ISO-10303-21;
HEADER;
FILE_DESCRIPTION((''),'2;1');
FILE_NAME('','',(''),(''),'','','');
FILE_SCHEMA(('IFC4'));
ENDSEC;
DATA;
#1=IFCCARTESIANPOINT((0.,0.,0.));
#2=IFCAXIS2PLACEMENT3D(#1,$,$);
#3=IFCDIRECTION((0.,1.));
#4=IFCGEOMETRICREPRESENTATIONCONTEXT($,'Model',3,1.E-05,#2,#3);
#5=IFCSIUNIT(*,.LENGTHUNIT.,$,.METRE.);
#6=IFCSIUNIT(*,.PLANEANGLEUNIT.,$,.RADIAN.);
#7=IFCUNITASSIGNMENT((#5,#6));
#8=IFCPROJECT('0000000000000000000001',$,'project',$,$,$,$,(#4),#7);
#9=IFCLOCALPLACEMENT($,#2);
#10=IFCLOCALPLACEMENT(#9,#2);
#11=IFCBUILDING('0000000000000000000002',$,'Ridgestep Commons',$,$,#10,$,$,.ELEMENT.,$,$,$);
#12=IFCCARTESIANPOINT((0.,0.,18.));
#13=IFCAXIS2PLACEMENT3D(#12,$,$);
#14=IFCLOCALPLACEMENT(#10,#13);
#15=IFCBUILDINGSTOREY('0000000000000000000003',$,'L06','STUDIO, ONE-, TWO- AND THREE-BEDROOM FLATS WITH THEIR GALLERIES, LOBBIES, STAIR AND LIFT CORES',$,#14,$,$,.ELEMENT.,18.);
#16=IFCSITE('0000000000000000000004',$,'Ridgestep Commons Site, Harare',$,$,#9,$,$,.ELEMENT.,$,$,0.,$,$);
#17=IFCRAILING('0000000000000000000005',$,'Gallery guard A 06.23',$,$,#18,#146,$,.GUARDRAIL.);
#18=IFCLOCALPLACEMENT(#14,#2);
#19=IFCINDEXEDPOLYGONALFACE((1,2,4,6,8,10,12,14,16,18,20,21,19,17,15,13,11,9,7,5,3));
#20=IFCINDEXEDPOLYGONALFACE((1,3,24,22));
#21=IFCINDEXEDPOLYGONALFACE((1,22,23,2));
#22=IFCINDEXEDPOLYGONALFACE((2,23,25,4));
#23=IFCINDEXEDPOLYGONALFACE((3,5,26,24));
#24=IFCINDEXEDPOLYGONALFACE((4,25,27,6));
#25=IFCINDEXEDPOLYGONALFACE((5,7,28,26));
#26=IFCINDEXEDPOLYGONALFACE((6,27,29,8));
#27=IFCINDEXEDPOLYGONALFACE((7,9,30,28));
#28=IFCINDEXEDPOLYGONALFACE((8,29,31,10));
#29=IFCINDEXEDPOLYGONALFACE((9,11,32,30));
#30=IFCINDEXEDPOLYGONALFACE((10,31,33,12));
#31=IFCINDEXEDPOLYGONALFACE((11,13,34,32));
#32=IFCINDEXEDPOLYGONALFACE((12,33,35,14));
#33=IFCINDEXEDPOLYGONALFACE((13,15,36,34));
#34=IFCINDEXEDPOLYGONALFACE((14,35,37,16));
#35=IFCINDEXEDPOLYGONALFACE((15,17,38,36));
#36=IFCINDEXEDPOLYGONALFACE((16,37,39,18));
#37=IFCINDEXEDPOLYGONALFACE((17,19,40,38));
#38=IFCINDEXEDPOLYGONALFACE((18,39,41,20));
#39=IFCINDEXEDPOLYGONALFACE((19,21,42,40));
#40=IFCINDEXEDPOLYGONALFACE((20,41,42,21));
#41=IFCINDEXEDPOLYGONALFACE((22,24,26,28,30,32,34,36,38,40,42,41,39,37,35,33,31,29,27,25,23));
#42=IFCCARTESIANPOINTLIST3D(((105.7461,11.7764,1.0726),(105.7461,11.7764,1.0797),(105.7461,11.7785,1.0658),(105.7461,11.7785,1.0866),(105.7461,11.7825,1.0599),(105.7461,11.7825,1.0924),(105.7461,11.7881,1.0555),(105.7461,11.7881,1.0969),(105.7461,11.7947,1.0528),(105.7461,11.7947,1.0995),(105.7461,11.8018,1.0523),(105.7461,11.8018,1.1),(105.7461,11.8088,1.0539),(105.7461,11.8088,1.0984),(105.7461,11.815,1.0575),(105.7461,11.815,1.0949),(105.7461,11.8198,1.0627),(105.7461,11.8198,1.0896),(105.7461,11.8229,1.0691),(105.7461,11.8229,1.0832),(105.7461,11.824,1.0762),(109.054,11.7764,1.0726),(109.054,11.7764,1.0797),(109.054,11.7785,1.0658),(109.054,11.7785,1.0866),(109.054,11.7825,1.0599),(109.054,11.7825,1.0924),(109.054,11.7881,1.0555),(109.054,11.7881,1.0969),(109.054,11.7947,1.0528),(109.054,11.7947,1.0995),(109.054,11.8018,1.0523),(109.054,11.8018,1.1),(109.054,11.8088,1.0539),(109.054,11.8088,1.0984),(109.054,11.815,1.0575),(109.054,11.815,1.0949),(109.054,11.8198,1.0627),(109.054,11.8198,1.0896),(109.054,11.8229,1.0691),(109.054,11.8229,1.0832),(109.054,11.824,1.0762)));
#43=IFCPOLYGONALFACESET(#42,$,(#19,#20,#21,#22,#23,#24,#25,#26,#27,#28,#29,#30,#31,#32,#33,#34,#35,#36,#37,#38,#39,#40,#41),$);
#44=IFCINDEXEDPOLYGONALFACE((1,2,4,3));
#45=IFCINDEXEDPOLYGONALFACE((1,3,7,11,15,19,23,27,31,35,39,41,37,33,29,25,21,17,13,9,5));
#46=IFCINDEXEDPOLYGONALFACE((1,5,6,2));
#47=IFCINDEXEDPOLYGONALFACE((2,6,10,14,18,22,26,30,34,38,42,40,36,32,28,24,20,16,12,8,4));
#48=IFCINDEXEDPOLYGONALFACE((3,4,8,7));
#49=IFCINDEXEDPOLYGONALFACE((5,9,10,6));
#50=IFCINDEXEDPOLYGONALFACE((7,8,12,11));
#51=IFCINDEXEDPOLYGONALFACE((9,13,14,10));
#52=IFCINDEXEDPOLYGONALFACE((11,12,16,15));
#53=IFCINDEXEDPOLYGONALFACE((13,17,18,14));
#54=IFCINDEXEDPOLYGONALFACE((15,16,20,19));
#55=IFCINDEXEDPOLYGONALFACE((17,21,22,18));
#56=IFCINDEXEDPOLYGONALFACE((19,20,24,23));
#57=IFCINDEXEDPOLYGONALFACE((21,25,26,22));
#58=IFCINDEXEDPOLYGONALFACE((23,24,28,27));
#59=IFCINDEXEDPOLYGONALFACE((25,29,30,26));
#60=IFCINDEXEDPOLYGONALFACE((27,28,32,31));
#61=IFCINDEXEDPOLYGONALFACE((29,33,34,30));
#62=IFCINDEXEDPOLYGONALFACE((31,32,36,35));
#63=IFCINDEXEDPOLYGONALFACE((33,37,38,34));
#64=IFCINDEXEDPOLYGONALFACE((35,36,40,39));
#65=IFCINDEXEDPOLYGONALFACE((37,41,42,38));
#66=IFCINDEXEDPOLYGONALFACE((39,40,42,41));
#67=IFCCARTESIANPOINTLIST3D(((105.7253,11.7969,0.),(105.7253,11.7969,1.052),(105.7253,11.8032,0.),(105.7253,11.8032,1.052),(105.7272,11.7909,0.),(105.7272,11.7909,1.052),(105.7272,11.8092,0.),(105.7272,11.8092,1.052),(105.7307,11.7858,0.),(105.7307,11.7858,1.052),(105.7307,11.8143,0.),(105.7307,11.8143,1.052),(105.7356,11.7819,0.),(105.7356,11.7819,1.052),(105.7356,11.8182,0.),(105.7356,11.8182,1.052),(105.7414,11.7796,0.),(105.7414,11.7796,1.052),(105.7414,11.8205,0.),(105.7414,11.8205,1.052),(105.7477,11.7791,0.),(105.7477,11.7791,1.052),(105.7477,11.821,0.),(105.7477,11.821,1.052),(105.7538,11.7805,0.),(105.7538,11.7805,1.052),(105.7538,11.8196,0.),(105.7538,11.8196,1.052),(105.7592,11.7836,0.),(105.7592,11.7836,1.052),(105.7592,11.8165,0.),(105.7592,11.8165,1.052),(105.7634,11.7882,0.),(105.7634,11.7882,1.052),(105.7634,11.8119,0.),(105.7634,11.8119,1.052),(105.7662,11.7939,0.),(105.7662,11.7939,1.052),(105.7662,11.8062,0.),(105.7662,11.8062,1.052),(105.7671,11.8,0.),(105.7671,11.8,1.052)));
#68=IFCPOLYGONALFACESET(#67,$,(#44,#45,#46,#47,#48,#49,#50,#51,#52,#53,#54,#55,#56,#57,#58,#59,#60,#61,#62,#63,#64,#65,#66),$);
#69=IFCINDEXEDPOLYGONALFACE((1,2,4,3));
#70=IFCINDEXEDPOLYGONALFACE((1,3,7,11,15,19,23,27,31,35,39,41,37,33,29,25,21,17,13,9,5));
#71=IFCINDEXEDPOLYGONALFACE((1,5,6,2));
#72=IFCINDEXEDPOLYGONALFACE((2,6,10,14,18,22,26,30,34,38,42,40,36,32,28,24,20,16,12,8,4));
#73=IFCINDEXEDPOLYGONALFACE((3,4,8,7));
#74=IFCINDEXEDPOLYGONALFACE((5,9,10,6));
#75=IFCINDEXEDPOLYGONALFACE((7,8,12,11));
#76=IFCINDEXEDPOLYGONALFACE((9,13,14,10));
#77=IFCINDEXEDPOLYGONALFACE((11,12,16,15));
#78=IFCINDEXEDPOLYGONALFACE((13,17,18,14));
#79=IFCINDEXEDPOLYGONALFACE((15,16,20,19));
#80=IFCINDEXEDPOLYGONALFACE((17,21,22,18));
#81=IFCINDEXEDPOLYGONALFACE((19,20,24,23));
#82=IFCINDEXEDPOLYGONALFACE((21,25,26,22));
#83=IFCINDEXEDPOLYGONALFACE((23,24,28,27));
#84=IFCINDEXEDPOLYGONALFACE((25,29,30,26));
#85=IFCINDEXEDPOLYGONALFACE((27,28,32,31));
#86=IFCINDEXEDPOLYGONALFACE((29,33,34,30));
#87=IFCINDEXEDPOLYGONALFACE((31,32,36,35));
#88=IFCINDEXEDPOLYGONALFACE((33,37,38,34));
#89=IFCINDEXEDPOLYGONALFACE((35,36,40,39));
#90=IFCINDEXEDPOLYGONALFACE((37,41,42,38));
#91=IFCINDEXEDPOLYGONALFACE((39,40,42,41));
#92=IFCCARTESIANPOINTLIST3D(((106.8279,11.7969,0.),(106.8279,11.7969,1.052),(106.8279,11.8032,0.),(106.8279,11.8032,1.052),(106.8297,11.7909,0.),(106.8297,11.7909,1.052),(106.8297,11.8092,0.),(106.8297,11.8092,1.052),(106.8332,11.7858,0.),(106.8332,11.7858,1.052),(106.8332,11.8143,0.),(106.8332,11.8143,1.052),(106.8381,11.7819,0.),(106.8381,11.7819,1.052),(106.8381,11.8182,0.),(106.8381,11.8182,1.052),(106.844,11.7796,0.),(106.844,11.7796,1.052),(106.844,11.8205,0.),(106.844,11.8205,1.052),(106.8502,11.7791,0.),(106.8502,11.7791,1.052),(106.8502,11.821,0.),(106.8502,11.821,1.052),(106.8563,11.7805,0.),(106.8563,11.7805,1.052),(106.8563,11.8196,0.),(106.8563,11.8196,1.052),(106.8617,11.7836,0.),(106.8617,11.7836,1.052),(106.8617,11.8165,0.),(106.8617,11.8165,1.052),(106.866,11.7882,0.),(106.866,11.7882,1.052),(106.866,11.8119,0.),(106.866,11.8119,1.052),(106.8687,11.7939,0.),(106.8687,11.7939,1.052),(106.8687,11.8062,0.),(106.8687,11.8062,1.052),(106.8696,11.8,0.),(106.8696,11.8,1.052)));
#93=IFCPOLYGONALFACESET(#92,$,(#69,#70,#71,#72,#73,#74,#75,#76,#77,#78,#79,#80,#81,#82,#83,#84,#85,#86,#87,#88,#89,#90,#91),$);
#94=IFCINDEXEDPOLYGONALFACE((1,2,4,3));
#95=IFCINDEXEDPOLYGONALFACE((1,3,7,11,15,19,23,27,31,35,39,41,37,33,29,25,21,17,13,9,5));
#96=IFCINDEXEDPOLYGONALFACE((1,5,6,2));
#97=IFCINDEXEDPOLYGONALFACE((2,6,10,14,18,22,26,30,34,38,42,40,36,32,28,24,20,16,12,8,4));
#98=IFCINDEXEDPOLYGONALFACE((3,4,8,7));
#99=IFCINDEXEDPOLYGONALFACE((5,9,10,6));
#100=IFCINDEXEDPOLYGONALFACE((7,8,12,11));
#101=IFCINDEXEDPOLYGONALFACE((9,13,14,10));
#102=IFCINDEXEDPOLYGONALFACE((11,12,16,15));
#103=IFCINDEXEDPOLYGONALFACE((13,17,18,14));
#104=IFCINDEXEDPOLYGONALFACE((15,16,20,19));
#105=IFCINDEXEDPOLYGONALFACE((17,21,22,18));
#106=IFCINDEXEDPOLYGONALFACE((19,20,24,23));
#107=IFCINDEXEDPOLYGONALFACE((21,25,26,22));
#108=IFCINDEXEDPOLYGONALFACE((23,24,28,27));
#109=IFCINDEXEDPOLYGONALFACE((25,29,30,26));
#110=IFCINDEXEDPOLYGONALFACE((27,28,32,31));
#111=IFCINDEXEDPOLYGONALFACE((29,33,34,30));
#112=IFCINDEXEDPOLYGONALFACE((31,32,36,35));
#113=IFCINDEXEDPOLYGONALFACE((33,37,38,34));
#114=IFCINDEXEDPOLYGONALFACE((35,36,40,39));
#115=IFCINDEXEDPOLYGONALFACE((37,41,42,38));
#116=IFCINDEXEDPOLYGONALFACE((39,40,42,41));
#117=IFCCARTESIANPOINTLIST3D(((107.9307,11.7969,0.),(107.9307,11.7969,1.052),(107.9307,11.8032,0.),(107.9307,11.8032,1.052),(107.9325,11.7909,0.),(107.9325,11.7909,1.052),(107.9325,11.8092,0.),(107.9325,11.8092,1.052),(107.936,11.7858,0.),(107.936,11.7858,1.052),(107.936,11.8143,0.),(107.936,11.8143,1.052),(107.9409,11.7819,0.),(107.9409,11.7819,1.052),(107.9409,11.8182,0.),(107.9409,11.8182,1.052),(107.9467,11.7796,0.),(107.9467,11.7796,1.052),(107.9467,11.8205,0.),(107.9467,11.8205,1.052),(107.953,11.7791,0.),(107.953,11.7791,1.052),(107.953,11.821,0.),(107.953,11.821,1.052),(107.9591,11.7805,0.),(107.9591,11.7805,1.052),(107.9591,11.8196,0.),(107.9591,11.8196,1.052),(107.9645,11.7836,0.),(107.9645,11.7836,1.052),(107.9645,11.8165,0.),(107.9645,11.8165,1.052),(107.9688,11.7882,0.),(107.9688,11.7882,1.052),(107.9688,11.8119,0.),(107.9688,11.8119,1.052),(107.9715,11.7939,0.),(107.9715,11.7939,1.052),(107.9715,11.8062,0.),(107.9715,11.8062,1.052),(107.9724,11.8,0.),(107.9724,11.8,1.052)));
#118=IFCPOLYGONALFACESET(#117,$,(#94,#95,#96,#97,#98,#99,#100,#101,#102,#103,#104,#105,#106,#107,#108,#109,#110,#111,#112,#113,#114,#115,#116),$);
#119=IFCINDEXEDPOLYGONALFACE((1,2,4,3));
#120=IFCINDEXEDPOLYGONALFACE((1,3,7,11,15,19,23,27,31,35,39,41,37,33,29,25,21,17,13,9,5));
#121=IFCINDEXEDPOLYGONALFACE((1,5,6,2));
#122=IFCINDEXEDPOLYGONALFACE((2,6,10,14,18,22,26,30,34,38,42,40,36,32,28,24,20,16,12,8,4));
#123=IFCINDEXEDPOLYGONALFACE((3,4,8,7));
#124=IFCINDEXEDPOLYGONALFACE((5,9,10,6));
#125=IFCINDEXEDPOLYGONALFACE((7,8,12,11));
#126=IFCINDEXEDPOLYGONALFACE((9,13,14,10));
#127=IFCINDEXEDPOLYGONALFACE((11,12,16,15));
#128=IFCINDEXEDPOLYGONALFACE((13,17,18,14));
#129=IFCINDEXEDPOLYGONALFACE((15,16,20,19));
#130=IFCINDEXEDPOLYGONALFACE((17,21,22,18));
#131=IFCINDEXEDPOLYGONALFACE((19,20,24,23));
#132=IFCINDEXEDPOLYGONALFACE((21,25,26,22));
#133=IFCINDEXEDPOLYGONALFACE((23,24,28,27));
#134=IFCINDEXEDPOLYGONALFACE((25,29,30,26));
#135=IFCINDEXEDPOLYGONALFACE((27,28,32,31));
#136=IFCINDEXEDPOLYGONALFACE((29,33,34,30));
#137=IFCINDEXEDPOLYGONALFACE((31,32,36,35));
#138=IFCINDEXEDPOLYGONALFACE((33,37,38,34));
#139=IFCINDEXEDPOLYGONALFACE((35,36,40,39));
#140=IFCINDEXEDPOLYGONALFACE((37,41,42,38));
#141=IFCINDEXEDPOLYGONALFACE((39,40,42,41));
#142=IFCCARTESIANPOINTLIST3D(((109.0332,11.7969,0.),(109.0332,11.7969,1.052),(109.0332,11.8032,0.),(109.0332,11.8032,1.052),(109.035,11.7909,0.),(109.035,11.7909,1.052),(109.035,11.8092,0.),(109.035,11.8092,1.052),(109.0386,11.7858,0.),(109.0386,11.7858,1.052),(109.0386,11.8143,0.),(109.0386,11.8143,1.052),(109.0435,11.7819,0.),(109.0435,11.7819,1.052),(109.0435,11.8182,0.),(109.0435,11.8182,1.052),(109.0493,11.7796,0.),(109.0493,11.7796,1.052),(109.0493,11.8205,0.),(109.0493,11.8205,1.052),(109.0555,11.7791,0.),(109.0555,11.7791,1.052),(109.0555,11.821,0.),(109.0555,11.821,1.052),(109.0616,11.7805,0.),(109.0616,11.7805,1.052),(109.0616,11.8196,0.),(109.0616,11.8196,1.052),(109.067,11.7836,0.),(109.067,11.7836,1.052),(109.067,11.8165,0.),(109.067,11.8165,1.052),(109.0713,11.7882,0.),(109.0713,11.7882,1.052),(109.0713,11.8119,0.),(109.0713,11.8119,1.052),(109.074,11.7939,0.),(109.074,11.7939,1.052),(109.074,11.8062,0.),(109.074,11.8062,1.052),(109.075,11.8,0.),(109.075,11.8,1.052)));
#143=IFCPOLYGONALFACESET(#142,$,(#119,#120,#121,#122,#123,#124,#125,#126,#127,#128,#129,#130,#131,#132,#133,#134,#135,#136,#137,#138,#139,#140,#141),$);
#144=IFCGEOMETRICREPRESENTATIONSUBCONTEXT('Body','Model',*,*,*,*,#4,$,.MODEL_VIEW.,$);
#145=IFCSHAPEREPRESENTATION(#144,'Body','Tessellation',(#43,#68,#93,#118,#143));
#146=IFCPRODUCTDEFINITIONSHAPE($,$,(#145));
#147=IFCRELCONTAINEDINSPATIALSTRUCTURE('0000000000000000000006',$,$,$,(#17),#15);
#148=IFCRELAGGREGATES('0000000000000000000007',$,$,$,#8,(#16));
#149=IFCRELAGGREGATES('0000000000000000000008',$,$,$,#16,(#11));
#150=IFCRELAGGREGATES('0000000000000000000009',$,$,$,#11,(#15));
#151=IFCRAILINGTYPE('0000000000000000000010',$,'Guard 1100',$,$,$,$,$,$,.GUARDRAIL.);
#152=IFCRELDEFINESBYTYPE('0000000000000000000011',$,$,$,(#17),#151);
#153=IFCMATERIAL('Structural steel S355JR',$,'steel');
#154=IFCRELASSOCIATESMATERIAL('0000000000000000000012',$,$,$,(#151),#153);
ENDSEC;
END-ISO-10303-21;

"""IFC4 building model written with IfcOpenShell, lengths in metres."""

from ifc_helpers import new_model, si_unit, direction, frame, origin, origin_2d, place, context, subcontext, project, spatial, circle, extrude, material, type_object, element, save


model = new_model("IFC4")

# Units and contexts
model_context = context("Model", 3, precision=1e-05, world=origin(), true_north=direction((0.0, 1.0)))
body_context = subcontext(model_context, "Body", "Model", "MODEL_VIEW")
ifc_project = project(units=[si_unit("LENGTHUNIT", "METRE"), si_unit("PLANEANGLEUNIT", "RADIAN")], contexts=[model_context])

# Site, building, storey
site_placement = place(None, origin())
site = spatial("IfcSite", under=ifc_project, at=site_placement, Name="Ridgestep Commons Site, Harare", CompositionType="ELEMENT", RefElevation=0.0)
building_placement = place(site_placement, origin())
building = spatial("IfcBuilding", under=site, at=building_placement, Name="Ridgestep Commons", CompositionType="ELEMENT")
storey_placement = place(building_placement, frame((0.0, 0.0, 18.0)))
storey = spatial("IfcBuildingStorey", under=building, at=storey_placement, Name="L06", Description="STUDIO, ONE-, TWO- AND THREE-BEDROOM FLATS WITH THEIR GALLERIES, LOBBIES, STAIR AND LIFT CORES", CompositionType="ELEMENT", Elevation=18.0)

# Railing
ifc_material_1 = material(Name="Structural steel S355JR", Category="steel")
railing_type = type_object("IfcRailingType", Name="Guard 1100", PredefinedType="GUARDRAIL", material=ifc_material_1)
railing_1_placement = place(storey_placement, frame((105.7461, 11.8, 0.0)))
element("IfcRailing", 1, at=railing_1_placement, inside=storey, type_object=railing_type, Name="Gallery guard A 06.23", PredefinedType="GUARDRAIL", context=body_context, shape_type="SweptSolid", body=[
    extrude(circle(Radius=0.0239, at=origin_2d()), frame((0.0, 0.0, 1.0762), z_axis=(1.0, 0.0, 0.0), x_axis=(0.0, 1.0, 0.0)), (0.0, 0.0, 1.0), 3.3079),
    extrude(circle(Radius=0.021, at=origin_2d()), origin(), (0.0, 0.0, 1.0), 1.052),
    extrude(circle(Radius=0.021, at=origin_2d()), frame((1.1025, 0.0, 0.0)), (0.0, 0.0, 1.0), 1.052),
    extrude(circle(Radius=0.021, at=origin_2d()), frame((2.2053, 0.0, 0.0)), (0.0, 0.0, 1.0), 1.052),
    extrude(circle(Radius=0.021, at=origin_2d()), frame((3.3079, 0.0, 0.0)), (0.0, 0.0, 1.0), 1.052),
])

save(model, "model.ifc")
